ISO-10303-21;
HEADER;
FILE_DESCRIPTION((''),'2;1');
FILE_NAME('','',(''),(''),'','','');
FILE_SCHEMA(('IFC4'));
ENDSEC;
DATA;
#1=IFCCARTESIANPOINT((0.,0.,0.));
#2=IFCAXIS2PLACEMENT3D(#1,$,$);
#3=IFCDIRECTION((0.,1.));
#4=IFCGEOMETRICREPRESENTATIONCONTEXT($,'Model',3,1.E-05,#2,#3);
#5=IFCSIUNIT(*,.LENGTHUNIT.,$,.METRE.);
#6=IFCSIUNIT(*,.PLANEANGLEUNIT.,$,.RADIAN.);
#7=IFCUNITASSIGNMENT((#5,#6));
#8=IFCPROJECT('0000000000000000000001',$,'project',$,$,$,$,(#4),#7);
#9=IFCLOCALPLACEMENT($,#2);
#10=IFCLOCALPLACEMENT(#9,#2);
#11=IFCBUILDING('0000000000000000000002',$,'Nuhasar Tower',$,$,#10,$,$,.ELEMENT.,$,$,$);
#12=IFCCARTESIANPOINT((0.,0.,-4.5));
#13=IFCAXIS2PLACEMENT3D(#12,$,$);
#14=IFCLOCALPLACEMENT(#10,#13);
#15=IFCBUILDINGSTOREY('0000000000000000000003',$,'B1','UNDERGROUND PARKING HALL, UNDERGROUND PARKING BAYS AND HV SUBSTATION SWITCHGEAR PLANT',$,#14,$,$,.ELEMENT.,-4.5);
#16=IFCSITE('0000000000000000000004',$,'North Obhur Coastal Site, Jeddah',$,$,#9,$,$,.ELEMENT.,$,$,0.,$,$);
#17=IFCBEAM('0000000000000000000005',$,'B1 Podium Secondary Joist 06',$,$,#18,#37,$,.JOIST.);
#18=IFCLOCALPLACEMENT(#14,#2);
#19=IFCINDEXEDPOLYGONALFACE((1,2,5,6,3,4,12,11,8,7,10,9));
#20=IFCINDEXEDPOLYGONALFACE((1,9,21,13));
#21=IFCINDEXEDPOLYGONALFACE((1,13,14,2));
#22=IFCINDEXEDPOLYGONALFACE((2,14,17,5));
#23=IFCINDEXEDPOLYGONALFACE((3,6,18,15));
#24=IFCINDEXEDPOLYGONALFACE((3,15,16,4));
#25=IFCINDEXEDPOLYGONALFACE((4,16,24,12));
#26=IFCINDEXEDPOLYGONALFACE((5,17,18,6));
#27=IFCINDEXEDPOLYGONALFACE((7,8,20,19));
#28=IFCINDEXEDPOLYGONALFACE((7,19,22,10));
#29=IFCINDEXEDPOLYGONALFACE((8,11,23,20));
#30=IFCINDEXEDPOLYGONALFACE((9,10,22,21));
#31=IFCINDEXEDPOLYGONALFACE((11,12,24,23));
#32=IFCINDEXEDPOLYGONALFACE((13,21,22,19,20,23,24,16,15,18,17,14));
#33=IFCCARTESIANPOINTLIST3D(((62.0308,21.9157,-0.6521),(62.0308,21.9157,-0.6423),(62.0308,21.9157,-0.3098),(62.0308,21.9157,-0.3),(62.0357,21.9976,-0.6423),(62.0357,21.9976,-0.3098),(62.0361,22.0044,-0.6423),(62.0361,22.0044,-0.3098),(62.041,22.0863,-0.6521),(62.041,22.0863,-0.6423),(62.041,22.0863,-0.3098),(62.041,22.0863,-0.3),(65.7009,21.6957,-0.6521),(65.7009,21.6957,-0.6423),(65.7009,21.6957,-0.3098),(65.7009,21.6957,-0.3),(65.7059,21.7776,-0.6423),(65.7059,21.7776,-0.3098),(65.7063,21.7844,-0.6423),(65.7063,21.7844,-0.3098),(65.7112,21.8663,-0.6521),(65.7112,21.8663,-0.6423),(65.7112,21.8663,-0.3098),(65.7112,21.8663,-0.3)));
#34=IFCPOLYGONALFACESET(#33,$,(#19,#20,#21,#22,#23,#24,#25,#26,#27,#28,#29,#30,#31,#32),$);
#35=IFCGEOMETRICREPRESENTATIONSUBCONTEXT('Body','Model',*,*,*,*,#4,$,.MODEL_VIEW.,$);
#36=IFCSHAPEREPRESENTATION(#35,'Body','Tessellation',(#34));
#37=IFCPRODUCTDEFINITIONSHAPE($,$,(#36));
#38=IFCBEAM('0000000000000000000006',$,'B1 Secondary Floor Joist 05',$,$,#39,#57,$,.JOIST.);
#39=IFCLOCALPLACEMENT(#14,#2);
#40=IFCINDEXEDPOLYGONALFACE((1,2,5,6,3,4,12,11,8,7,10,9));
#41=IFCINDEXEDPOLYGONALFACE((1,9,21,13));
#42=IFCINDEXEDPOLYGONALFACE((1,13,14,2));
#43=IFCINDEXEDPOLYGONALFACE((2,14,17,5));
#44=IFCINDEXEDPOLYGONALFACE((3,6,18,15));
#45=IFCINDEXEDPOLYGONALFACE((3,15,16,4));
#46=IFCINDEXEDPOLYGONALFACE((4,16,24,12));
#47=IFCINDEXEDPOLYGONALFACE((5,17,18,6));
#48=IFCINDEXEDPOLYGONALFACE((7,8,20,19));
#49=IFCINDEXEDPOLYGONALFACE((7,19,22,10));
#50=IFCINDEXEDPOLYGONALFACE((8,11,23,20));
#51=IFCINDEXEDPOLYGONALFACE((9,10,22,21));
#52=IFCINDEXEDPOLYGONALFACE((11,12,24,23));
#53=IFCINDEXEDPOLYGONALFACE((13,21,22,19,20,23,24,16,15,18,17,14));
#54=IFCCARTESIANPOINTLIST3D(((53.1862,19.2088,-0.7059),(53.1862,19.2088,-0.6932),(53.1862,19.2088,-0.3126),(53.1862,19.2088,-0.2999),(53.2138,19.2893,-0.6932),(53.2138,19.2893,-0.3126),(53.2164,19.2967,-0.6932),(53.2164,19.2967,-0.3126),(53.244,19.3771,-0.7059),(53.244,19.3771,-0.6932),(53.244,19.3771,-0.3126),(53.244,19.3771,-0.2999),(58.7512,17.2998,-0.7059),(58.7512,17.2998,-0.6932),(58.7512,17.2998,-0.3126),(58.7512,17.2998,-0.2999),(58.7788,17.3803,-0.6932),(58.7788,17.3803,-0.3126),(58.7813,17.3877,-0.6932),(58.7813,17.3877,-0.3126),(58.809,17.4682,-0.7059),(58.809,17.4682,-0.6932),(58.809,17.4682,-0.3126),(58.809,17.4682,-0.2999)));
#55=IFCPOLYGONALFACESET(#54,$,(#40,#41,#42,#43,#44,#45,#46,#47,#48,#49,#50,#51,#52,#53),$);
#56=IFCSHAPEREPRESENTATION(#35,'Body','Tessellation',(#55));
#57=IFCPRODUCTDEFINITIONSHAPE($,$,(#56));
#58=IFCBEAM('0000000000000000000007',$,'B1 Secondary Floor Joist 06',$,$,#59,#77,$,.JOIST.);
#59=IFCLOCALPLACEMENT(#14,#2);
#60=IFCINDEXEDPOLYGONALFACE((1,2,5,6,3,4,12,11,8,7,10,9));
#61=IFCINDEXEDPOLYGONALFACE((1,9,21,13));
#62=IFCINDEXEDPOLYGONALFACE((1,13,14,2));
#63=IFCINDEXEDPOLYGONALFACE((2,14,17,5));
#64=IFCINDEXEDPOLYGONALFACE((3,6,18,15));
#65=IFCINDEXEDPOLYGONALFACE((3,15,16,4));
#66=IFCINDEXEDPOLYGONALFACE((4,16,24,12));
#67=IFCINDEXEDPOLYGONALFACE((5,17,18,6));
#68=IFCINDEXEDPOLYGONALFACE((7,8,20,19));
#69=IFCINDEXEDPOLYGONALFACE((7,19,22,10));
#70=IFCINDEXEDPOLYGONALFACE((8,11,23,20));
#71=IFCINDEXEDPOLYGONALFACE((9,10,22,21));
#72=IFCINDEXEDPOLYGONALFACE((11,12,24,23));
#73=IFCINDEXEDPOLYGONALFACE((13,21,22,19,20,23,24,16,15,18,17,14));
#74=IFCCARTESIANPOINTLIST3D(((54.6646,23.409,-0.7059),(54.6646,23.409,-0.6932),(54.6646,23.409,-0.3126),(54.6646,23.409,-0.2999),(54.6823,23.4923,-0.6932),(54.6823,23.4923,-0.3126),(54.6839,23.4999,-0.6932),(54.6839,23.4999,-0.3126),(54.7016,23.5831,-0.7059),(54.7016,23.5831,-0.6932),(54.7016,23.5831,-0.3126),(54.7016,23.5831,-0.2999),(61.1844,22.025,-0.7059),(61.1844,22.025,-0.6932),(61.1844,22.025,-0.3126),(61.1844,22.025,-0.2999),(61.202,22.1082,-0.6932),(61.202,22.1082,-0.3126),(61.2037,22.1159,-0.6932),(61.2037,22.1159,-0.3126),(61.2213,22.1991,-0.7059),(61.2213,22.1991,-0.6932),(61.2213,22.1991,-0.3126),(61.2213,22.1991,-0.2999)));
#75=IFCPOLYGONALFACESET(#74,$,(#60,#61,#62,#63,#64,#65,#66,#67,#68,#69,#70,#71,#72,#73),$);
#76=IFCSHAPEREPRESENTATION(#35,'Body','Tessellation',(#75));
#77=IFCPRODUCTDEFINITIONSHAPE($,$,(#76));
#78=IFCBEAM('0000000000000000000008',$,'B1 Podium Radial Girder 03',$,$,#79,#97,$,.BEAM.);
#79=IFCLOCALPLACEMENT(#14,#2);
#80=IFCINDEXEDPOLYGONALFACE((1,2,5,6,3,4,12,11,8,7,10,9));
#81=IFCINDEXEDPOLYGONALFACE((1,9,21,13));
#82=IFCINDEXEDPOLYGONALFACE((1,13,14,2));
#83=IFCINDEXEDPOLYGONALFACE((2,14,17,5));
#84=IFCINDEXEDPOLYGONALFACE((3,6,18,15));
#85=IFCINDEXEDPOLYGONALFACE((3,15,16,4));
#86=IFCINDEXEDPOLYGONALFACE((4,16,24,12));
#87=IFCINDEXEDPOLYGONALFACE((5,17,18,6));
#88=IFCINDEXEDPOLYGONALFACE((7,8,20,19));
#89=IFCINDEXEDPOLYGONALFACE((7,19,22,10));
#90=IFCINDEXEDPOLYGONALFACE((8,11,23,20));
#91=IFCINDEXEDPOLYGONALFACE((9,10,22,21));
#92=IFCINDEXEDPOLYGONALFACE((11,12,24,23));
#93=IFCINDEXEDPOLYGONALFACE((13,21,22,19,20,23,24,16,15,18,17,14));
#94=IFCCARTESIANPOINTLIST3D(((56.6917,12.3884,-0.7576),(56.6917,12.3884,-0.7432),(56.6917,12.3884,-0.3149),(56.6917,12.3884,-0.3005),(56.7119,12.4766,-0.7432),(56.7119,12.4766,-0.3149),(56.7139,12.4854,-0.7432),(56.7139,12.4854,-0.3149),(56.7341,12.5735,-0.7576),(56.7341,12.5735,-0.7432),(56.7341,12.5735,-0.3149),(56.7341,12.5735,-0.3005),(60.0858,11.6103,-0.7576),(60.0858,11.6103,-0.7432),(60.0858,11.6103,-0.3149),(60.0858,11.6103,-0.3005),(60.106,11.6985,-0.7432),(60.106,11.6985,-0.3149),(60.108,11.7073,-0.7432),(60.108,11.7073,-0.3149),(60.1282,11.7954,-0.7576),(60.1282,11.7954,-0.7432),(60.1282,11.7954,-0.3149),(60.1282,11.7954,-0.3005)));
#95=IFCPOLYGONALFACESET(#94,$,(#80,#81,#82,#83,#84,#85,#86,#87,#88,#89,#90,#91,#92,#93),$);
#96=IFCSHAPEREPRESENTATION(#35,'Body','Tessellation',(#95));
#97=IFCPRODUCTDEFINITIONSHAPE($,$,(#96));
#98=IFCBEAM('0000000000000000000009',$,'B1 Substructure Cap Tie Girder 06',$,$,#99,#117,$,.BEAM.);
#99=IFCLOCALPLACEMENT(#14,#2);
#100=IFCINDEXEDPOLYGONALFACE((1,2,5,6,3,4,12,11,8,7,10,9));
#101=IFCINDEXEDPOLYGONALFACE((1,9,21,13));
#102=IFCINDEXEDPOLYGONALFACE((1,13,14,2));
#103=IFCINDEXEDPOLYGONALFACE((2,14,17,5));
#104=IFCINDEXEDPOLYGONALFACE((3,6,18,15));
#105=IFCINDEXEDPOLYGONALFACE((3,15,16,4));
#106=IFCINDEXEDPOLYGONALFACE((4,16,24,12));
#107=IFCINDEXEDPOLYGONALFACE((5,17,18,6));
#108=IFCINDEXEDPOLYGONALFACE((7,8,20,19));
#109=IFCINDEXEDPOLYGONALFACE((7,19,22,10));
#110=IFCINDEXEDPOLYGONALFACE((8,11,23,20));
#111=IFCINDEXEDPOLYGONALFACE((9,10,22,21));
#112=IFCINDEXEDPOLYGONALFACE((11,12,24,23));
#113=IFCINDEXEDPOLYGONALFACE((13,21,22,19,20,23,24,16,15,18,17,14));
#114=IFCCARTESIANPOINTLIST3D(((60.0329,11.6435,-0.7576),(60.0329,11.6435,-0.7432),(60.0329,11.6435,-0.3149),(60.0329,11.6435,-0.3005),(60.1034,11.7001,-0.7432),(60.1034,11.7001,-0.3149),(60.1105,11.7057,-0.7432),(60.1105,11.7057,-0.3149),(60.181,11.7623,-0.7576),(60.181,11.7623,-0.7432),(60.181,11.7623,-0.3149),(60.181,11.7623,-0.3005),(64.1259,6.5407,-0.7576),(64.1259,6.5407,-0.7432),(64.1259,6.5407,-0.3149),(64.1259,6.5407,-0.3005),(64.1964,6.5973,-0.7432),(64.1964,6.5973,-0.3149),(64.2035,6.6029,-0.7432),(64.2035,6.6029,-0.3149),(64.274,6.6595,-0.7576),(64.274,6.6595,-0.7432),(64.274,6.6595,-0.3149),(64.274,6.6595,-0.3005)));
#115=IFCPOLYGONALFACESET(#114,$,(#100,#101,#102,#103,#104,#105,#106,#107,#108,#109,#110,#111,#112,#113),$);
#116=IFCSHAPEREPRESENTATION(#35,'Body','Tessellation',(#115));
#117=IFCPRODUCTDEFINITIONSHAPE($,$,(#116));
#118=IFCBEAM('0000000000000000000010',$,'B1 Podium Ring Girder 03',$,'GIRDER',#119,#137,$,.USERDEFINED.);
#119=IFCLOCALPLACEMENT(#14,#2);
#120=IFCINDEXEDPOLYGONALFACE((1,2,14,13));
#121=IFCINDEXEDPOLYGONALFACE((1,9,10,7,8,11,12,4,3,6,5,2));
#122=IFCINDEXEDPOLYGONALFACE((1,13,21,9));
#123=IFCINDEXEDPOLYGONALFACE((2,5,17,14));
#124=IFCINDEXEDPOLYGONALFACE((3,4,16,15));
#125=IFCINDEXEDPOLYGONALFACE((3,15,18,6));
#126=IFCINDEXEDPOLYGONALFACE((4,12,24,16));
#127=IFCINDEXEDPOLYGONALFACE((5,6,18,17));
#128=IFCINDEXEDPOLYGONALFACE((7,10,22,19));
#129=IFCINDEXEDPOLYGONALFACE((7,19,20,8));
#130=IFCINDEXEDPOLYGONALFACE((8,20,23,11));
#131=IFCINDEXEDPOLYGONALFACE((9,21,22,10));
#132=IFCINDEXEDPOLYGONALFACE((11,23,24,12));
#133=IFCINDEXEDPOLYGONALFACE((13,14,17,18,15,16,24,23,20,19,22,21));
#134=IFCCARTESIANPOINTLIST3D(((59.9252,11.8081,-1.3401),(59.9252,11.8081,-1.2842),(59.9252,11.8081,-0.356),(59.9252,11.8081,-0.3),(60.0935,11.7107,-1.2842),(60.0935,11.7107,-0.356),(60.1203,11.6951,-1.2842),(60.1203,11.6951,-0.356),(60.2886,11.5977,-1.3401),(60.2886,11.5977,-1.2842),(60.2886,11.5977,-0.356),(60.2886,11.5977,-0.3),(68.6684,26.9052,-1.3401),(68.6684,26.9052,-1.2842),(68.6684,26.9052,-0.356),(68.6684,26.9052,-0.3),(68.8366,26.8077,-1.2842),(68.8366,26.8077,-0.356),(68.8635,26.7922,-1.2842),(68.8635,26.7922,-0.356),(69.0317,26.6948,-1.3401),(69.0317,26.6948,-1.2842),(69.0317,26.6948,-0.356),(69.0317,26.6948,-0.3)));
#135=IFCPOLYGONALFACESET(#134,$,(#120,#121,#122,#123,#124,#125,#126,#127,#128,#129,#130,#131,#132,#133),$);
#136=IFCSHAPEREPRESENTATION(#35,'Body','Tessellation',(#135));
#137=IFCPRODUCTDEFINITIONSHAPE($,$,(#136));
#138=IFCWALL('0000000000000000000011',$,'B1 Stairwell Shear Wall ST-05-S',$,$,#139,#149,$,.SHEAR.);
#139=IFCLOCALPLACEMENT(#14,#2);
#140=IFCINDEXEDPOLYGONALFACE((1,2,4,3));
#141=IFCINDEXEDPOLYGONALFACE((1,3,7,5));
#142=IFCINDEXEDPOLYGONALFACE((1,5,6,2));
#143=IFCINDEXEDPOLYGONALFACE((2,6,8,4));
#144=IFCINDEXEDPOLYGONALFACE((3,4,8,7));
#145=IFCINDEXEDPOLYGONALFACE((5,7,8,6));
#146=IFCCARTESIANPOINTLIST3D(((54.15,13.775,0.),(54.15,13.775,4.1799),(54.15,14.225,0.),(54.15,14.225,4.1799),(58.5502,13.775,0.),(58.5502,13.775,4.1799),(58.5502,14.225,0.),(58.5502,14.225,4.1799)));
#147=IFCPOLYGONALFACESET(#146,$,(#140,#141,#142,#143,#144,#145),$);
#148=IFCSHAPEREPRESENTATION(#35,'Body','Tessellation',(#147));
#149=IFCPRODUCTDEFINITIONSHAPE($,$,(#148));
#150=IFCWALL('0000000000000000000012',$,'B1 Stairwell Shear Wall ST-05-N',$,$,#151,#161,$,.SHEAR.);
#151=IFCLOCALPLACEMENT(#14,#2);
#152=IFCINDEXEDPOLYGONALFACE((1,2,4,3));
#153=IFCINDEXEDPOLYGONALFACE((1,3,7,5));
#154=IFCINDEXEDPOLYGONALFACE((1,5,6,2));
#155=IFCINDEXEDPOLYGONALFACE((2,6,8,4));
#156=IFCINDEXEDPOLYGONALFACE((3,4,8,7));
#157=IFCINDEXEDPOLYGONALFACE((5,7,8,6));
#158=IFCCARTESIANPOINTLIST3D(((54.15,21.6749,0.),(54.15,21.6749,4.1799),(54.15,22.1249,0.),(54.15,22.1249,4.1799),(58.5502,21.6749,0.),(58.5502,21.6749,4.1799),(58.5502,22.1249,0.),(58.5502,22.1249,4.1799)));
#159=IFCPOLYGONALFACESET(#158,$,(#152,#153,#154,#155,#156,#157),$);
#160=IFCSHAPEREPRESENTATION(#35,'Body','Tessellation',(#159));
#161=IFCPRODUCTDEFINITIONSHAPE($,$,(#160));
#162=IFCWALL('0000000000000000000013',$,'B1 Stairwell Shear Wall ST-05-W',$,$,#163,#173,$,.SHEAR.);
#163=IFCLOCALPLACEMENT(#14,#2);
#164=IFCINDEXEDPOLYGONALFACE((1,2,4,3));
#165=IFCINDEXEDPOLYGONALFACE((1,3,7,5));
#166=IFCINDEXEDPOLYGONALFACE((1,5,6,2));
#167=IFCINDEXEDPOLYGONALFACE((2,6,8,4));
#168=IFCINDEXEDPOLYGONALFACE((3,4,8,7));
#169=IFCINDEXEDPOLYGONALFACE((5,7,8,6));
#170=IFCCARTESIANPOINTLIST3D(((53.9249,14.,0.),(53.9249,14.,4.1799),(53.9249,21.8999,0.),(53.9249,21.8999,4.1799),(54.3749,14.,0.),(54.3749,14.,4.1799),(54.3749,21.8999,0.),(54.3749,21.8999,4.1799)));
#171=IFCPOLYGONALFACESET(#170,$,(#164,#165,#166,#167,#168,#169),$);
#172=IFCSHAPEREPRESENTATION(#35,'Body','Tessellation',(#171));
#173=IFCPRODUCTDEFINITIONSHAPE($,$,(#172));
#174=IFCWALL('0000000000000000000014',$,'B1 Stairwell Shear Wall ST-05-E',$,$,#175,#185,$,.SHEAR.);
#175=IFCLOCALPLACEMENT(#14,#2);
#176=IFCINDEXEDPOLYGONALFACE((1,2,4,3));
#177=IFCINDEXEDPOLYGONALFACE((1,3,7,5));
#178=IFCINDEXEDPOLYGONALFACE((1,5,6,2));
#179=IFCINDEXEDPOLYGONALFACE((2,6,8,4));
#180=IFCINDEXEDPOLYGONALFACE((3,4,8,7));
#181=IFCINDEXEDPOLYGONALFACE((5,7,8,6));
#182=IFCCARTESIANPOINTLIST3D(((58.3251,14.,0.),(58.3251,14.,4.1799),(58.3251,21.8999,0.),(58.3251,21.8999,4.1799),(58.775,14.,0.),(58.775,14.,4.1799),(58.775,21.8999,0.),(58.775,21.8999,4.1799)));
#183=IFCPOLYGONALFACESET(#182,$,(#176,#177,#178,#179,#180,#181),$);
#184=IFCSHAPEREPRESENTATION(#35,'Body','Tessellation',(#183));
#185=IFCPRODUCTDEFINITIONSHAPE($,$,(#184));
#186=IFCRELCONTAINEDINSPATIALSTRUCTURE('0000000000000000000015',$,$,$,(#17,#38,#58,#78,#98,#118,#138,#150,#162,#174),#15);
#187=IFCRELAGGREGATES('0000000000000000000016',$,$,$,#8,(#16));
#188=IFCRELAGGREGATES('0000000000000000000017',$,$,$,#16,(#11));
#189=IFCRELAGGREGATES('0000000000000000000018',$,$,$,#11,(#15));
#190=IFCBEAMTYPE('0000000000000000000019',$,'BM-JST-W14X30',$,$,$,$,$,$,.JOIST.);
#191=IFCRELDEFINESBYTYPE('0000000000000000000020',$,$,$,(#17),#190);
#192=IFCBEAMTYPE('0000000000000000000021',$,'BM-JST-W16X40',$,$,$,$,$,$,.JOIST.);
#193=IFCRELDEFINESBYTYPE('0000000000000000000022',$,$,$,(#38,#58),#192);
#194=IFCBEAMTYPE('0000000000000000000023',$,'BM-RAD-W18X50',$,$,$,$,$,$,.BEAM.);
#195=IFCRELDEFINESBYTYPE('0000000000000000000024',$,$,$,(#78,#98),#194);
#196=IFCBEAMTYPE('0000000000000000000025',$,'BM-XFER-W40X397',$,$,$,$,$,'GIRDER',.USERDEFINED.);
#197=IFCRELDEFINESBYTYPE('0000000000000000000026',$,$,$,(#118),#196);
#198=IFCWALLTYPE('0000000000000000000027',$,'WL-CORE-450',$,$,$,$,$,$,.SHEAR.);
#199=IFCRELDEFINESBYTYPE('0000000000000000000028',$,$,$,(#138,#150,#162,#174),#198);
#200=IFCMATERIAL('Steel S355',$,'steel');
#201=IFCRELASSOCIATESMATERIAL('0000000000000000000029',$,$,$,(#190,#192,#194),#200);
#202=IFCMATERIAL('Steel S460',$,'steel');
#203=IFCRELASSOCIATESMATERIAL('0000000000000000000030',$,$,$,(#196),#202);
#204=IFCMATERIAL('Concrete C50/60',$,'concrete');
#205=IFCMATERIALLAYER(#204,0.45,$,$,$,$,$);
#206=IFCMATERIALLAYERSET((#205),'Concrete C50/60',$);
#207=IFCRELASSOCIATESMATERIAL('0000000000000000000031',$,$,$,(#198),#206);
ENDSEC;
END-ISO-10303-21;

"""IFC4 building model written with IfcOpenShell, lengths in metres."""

from ifc_helpers import new_model, si_unit, direction, frame, frame_2d, origin, origin_2d, place, context, subcontext, project, spatial, rectangle, i_section, extrude, material, layer, layer_set, material_profile, profile_set, type_object, element, save


model = new_model("IFC4")

# Units and contexts
model_context = context("Model", 3, precision=1e-05, world=origin(), true_north=direction((0.0, 1.0)))
body_context = subcontext(model_context, "Body", "Model", "MODEL_VIEW")
ifc_project = project(units=[si_unit("LENGTHUNIT", "METRE"), si_unit("PLANEANGLEUNIT", "RADIAN")], contexts=[model_context])

# Site, building, storey
site_placement = place(None, origin())
site = spatial("IfcSite", under=ifc_project, at=site_placement, Name="North Obhur Coastal Site, Jeddah", CompositionType="ELEMENT", RefElevation=0.0)
building_placement = place(site_placement, origin())
building = spatial("IfcBuilding", under=site, at=building_placement, Name="Nuhasar Tower", CompositionType="ELEMENT")
storey_placement = place(building_placement, frame((0.0, 0.0, -4.5)))
storey = spatial("IfcBuildingStorey", under=building, at=storey_placement, Name="B1", Description="UNDERGROUND PARKING HALL, UNDERGROUND PARKING BAYS AND HV SUBSTATION SWITCHGEAR PLANT", CompositionType="ELEMENT", Elevation=-4.5)

# Shared definitions
ifc_material_1 = material(Name="Concrete C50/60", Category="concrete")

# Beams
ifc_material_2 = material(Name="Steel S355", Category="steel")
ifc_material_profile_1 = material_profile(ifc_material_2, i_section(OverallWidth=0.1709, OverallDepth=0.3521, WebThickness=0.0068, FlangeThickness=0.0098, at=origin_2d()), Name="W14X30")
ifc_profile_set_1 = profile_set([ifc_material_profile_1], Name="Steel S355")
beam_type_1 = type_object("IfcBeamType", Name="BM-JST-W14X30", PredefinedType="JOIST", material=ifc_profile_set_1)
beam_1_placement = place(storey_placement, frame((62.0359, 22.001, -0.4761), z_axis=(0.998209, -0.059827, 0.0), x_axis=(0.059827, 0.998209, 0.0)))
element("IfcBeam", 1, at=beam_1_placement, inside=storey, type_object=beam_type_1, Name="B1 Podium Secondary Joist 06", PredefinedType="JOIST", context=body_context, shape_type="SweptSolid", body=[
    extrude(i_section(OverallWidth=0.1709, OverallDepth=0.3521, WebThickness=0.0068, FlangeThickness=0.0098, at=origin_2d()), origin(), (0.0, 0.0, 1.0), 3.6768),
])
ifc_material_profile_2 = material_profile(ifc_material_2, i_section(OverallWidth=0.178, OverallDepth=0.406, WebThickness=0.0078, FlangeThickness=0.0127, at=origin_2d()), Name="W16X40")
ifc_profile_set_2 = profile_set([ifc_material_profile_2], Name="Steel S355")
beam_type_2 = type_object("IfcBeamType", Name="BM-JST-W16X40", PredefinedType="JOIST", material=ifc_profile_set_2)
beam_2_placement = place(storey_placement, frame((53.2151, 19.293, -0.5029), z_axis=(0.945896, -0.32447, 0.0), x_axis=(0.32447, 0.945896, 0.0)))
element("IfcBeam", 2, at=beam_2_placement, inside=storey, type_object=beam_type_2, Name="B1 Secondary Floor Joist 05", PredefinedType="JOIST", context=body_context, shape_type="SweptSolid", body=[
    extrude(i_section(OverallWidth=0.178, OverallDepth=0.406, WebThickness=0.0078, FlangeThickness=0.0127, at=origin_2d()), origin(), (0.0, 0.0, 1.0), 5.8833),
])
beam_3_placement = place(storey_placement, frame((54.6831, 23.4961, -0.5029), z_axis=(0.978202, -0.207655, 0.0), x_axis=(0.207655, 0.978202, 0.0)))
element("IfcBeam", 3, at=beam_3_placement, inside=storey, type_object=beam_type_2, Name="B1 Secondary Floor Joist 06", PredefinedType="JOIST", context=body_context, shape_type="SweptSolid", body=[
    extrude(i_section(OverallWidth=0.178, OverallDepth=0.406, WebThickness=0.0078, FlangeThickness=0.0127, at=origin_2d()), origin(), (0.0, 0.0, 1.0), 6.665),
])
ifc_material_profile_3 = material_profile(ifc_material_2, i_section(OverallWidth=0.1899, OverallDepth=0.457, WebThickness=0.009, FlangeThickness=0.0144, at=origin_2d()), Name="W18X50")
ifc_profile_set_3 = profile_set([ifc_material_profile_3], Name="Steel S355")
beam_type_3 = type_object("IfcBeamType", Name="BM-RAD-W18X50", PredefinedType="BEAM", material=ifc_profile_set_3)
beam_4_placement = place(storey_placement, frame((56.7129, 12.481, -0.5291), z_axis=(0.974715, -0.223451, 0.0), x_axis=(0.223451, 0.974715, 0.0)))
element("IfcBeam", 4, at=beam_4_placement, inside=storey, type_object=beam_type_3, Name="B1 Podium Radial Girder 03", PredefinedType="BEAM", context=body_context, shape_type="SweptSolid", body=[
    extrude(i_section(OverallWidth=0.1899, OverallDepth=0.457, WebThickness=0.009, FlangeThickness=0.0144, at=origin_2d()), origin(), (0.0, 0.0, 1.0), 3.4822),
])
beam_5_placement = place(storey_placement, frame((60.1069, 11.7029, -0.5291), z_axis=(0.6257, -0.780063, 0.0), x_axis=(0.780063, 0.6257, 0.0)))
element("IfcBeam", 5, at=beam_5_placement, inside=storey, type_object=beam_type_3, Name="B1 Substructure Cap Tie Girder 06", PredefinedType="BEAM", context=body_context, shape_type="SweptSolid", body=[
    extrude(i_section(OverallWidth=0.1899, OverallDepth=0.457, WebThickness=0.009, FlangeThickness=0.0144, at=origin_2d()), origin(), (0.0, 0.0, 1.0), 6.5415),
])
ifc_material_3 = material(Name="Steel S460", Category="steel")
ifc_material_profile_4 = material_profile(ifc_material_3, i_section(OverallWidth=0.4199, OverallDepth=1.04, WebThickness=0.031, FlangeThickness=0.0559, at=origin_2d()), Name="W40X397")
ifc_profile_set_4 = profile_set([ifc_material_profile_4], Name="Steel S460")
beam_type_4 = type_object("IfcBeamType", Name="BM-XFER-W40X397", ElementType="GIRDER", PredefinedType="USERDEFINED", material=ifc_profile_set_4)
beam_6_placement = place(storey_placement, frame((60.1069, 11.7029, -0.8201), z_axis=(0.501152, 0.865359, 0.0), x_axis=(-0.865359, 0.501152, 0.0)))
element("IfcBeam", 6, at=beam_6_placement, inside=storey, type_object=beam_type_4, Name="B1 Podium Ring Girder 03", ObjectType="GIRDER", PredefinedType="USERDEFINED", context=body_context, shape_type="SweptSolid", body=[
    extrude(i_section(OverallWidth=0.4199, OverallDepth=1.04, WebThickness=0.031, FlangeThickness=0.0559, at=origin_2d()), origin(), (0.0, 0.0, 1.0), 17.446),
])

# Walls
ifc_layer_1 = layer(ifc_material_1, 0.45)
ifc_layer_set_1 = layer_set([ifc_layer_1], Name="Concrete C50/60")
wall_type_1 = type_object("IfcWallType", Name="WL-CORE-450", PredefinedType="SHEAR", material=ifc_layer_set_1)
for number, where, z_axis, x_axis, name in (
    (7, (54.1499, 14.0, 0.0), (0.0, 0.0, 1.0), (1.0, 0.0, 0.0), "B1 Stairwell Shear Wall ST-05-S"),
    (8, (54.1499, 21.8999, 0.0), (0.0, 0.0, 1.0), (1.0, 0.0, 0.0), "B1 Stairwell Shear Wall ST-05-N"),
):
    element("IfcWall", number, at=place(storey_placement, frame(where, z_axis=z_axis, x_axis=x_axis)), inside=storey, type_object=wall_type_1, Name=name, PredefinedType="SHEAR", context=body_context, shape_type="SweptSolid", body=[
        extrude(rectangle(XDim=4.4001, YDim=0.45, at=frame_2d((2.2002, 0.0))), origin(), (0.0, 0.0, 1.0), 4.1799),
    ])
for number, where, z_axis, x_axis, name in (
    (9, (54.1499, 14.0, 0.0), (0.0, 0.0, 1.0), (0.0, 1.0, 0.0), "B1 Stairwell Shear Wall ST-05-W"),
    (10, (58.55, 14.0, 0.0), (0.0, 0.0, 1.0), (0.0, 1.0, 0.0), "B1 Stairwell Shear Wall ST-05-E"),
):
    element("IfcWall", number, at=place(storey_placement, frame(where, z_axis=z_axis, x_axis=x_axis)), inside=storey, type_object=wall_type_1, Name=name, PredefinedType="SHEAR", context=body_context, shape_type="SweptSolid", body=[
        extrude(rectangle(XDim=7.8999, YDim=0.45, at=frame_2d((3.95, 0.0))), origin(), (0.0, 0.0, 1.0), 4.1799),
    ])

save(model, "model.ifc")
